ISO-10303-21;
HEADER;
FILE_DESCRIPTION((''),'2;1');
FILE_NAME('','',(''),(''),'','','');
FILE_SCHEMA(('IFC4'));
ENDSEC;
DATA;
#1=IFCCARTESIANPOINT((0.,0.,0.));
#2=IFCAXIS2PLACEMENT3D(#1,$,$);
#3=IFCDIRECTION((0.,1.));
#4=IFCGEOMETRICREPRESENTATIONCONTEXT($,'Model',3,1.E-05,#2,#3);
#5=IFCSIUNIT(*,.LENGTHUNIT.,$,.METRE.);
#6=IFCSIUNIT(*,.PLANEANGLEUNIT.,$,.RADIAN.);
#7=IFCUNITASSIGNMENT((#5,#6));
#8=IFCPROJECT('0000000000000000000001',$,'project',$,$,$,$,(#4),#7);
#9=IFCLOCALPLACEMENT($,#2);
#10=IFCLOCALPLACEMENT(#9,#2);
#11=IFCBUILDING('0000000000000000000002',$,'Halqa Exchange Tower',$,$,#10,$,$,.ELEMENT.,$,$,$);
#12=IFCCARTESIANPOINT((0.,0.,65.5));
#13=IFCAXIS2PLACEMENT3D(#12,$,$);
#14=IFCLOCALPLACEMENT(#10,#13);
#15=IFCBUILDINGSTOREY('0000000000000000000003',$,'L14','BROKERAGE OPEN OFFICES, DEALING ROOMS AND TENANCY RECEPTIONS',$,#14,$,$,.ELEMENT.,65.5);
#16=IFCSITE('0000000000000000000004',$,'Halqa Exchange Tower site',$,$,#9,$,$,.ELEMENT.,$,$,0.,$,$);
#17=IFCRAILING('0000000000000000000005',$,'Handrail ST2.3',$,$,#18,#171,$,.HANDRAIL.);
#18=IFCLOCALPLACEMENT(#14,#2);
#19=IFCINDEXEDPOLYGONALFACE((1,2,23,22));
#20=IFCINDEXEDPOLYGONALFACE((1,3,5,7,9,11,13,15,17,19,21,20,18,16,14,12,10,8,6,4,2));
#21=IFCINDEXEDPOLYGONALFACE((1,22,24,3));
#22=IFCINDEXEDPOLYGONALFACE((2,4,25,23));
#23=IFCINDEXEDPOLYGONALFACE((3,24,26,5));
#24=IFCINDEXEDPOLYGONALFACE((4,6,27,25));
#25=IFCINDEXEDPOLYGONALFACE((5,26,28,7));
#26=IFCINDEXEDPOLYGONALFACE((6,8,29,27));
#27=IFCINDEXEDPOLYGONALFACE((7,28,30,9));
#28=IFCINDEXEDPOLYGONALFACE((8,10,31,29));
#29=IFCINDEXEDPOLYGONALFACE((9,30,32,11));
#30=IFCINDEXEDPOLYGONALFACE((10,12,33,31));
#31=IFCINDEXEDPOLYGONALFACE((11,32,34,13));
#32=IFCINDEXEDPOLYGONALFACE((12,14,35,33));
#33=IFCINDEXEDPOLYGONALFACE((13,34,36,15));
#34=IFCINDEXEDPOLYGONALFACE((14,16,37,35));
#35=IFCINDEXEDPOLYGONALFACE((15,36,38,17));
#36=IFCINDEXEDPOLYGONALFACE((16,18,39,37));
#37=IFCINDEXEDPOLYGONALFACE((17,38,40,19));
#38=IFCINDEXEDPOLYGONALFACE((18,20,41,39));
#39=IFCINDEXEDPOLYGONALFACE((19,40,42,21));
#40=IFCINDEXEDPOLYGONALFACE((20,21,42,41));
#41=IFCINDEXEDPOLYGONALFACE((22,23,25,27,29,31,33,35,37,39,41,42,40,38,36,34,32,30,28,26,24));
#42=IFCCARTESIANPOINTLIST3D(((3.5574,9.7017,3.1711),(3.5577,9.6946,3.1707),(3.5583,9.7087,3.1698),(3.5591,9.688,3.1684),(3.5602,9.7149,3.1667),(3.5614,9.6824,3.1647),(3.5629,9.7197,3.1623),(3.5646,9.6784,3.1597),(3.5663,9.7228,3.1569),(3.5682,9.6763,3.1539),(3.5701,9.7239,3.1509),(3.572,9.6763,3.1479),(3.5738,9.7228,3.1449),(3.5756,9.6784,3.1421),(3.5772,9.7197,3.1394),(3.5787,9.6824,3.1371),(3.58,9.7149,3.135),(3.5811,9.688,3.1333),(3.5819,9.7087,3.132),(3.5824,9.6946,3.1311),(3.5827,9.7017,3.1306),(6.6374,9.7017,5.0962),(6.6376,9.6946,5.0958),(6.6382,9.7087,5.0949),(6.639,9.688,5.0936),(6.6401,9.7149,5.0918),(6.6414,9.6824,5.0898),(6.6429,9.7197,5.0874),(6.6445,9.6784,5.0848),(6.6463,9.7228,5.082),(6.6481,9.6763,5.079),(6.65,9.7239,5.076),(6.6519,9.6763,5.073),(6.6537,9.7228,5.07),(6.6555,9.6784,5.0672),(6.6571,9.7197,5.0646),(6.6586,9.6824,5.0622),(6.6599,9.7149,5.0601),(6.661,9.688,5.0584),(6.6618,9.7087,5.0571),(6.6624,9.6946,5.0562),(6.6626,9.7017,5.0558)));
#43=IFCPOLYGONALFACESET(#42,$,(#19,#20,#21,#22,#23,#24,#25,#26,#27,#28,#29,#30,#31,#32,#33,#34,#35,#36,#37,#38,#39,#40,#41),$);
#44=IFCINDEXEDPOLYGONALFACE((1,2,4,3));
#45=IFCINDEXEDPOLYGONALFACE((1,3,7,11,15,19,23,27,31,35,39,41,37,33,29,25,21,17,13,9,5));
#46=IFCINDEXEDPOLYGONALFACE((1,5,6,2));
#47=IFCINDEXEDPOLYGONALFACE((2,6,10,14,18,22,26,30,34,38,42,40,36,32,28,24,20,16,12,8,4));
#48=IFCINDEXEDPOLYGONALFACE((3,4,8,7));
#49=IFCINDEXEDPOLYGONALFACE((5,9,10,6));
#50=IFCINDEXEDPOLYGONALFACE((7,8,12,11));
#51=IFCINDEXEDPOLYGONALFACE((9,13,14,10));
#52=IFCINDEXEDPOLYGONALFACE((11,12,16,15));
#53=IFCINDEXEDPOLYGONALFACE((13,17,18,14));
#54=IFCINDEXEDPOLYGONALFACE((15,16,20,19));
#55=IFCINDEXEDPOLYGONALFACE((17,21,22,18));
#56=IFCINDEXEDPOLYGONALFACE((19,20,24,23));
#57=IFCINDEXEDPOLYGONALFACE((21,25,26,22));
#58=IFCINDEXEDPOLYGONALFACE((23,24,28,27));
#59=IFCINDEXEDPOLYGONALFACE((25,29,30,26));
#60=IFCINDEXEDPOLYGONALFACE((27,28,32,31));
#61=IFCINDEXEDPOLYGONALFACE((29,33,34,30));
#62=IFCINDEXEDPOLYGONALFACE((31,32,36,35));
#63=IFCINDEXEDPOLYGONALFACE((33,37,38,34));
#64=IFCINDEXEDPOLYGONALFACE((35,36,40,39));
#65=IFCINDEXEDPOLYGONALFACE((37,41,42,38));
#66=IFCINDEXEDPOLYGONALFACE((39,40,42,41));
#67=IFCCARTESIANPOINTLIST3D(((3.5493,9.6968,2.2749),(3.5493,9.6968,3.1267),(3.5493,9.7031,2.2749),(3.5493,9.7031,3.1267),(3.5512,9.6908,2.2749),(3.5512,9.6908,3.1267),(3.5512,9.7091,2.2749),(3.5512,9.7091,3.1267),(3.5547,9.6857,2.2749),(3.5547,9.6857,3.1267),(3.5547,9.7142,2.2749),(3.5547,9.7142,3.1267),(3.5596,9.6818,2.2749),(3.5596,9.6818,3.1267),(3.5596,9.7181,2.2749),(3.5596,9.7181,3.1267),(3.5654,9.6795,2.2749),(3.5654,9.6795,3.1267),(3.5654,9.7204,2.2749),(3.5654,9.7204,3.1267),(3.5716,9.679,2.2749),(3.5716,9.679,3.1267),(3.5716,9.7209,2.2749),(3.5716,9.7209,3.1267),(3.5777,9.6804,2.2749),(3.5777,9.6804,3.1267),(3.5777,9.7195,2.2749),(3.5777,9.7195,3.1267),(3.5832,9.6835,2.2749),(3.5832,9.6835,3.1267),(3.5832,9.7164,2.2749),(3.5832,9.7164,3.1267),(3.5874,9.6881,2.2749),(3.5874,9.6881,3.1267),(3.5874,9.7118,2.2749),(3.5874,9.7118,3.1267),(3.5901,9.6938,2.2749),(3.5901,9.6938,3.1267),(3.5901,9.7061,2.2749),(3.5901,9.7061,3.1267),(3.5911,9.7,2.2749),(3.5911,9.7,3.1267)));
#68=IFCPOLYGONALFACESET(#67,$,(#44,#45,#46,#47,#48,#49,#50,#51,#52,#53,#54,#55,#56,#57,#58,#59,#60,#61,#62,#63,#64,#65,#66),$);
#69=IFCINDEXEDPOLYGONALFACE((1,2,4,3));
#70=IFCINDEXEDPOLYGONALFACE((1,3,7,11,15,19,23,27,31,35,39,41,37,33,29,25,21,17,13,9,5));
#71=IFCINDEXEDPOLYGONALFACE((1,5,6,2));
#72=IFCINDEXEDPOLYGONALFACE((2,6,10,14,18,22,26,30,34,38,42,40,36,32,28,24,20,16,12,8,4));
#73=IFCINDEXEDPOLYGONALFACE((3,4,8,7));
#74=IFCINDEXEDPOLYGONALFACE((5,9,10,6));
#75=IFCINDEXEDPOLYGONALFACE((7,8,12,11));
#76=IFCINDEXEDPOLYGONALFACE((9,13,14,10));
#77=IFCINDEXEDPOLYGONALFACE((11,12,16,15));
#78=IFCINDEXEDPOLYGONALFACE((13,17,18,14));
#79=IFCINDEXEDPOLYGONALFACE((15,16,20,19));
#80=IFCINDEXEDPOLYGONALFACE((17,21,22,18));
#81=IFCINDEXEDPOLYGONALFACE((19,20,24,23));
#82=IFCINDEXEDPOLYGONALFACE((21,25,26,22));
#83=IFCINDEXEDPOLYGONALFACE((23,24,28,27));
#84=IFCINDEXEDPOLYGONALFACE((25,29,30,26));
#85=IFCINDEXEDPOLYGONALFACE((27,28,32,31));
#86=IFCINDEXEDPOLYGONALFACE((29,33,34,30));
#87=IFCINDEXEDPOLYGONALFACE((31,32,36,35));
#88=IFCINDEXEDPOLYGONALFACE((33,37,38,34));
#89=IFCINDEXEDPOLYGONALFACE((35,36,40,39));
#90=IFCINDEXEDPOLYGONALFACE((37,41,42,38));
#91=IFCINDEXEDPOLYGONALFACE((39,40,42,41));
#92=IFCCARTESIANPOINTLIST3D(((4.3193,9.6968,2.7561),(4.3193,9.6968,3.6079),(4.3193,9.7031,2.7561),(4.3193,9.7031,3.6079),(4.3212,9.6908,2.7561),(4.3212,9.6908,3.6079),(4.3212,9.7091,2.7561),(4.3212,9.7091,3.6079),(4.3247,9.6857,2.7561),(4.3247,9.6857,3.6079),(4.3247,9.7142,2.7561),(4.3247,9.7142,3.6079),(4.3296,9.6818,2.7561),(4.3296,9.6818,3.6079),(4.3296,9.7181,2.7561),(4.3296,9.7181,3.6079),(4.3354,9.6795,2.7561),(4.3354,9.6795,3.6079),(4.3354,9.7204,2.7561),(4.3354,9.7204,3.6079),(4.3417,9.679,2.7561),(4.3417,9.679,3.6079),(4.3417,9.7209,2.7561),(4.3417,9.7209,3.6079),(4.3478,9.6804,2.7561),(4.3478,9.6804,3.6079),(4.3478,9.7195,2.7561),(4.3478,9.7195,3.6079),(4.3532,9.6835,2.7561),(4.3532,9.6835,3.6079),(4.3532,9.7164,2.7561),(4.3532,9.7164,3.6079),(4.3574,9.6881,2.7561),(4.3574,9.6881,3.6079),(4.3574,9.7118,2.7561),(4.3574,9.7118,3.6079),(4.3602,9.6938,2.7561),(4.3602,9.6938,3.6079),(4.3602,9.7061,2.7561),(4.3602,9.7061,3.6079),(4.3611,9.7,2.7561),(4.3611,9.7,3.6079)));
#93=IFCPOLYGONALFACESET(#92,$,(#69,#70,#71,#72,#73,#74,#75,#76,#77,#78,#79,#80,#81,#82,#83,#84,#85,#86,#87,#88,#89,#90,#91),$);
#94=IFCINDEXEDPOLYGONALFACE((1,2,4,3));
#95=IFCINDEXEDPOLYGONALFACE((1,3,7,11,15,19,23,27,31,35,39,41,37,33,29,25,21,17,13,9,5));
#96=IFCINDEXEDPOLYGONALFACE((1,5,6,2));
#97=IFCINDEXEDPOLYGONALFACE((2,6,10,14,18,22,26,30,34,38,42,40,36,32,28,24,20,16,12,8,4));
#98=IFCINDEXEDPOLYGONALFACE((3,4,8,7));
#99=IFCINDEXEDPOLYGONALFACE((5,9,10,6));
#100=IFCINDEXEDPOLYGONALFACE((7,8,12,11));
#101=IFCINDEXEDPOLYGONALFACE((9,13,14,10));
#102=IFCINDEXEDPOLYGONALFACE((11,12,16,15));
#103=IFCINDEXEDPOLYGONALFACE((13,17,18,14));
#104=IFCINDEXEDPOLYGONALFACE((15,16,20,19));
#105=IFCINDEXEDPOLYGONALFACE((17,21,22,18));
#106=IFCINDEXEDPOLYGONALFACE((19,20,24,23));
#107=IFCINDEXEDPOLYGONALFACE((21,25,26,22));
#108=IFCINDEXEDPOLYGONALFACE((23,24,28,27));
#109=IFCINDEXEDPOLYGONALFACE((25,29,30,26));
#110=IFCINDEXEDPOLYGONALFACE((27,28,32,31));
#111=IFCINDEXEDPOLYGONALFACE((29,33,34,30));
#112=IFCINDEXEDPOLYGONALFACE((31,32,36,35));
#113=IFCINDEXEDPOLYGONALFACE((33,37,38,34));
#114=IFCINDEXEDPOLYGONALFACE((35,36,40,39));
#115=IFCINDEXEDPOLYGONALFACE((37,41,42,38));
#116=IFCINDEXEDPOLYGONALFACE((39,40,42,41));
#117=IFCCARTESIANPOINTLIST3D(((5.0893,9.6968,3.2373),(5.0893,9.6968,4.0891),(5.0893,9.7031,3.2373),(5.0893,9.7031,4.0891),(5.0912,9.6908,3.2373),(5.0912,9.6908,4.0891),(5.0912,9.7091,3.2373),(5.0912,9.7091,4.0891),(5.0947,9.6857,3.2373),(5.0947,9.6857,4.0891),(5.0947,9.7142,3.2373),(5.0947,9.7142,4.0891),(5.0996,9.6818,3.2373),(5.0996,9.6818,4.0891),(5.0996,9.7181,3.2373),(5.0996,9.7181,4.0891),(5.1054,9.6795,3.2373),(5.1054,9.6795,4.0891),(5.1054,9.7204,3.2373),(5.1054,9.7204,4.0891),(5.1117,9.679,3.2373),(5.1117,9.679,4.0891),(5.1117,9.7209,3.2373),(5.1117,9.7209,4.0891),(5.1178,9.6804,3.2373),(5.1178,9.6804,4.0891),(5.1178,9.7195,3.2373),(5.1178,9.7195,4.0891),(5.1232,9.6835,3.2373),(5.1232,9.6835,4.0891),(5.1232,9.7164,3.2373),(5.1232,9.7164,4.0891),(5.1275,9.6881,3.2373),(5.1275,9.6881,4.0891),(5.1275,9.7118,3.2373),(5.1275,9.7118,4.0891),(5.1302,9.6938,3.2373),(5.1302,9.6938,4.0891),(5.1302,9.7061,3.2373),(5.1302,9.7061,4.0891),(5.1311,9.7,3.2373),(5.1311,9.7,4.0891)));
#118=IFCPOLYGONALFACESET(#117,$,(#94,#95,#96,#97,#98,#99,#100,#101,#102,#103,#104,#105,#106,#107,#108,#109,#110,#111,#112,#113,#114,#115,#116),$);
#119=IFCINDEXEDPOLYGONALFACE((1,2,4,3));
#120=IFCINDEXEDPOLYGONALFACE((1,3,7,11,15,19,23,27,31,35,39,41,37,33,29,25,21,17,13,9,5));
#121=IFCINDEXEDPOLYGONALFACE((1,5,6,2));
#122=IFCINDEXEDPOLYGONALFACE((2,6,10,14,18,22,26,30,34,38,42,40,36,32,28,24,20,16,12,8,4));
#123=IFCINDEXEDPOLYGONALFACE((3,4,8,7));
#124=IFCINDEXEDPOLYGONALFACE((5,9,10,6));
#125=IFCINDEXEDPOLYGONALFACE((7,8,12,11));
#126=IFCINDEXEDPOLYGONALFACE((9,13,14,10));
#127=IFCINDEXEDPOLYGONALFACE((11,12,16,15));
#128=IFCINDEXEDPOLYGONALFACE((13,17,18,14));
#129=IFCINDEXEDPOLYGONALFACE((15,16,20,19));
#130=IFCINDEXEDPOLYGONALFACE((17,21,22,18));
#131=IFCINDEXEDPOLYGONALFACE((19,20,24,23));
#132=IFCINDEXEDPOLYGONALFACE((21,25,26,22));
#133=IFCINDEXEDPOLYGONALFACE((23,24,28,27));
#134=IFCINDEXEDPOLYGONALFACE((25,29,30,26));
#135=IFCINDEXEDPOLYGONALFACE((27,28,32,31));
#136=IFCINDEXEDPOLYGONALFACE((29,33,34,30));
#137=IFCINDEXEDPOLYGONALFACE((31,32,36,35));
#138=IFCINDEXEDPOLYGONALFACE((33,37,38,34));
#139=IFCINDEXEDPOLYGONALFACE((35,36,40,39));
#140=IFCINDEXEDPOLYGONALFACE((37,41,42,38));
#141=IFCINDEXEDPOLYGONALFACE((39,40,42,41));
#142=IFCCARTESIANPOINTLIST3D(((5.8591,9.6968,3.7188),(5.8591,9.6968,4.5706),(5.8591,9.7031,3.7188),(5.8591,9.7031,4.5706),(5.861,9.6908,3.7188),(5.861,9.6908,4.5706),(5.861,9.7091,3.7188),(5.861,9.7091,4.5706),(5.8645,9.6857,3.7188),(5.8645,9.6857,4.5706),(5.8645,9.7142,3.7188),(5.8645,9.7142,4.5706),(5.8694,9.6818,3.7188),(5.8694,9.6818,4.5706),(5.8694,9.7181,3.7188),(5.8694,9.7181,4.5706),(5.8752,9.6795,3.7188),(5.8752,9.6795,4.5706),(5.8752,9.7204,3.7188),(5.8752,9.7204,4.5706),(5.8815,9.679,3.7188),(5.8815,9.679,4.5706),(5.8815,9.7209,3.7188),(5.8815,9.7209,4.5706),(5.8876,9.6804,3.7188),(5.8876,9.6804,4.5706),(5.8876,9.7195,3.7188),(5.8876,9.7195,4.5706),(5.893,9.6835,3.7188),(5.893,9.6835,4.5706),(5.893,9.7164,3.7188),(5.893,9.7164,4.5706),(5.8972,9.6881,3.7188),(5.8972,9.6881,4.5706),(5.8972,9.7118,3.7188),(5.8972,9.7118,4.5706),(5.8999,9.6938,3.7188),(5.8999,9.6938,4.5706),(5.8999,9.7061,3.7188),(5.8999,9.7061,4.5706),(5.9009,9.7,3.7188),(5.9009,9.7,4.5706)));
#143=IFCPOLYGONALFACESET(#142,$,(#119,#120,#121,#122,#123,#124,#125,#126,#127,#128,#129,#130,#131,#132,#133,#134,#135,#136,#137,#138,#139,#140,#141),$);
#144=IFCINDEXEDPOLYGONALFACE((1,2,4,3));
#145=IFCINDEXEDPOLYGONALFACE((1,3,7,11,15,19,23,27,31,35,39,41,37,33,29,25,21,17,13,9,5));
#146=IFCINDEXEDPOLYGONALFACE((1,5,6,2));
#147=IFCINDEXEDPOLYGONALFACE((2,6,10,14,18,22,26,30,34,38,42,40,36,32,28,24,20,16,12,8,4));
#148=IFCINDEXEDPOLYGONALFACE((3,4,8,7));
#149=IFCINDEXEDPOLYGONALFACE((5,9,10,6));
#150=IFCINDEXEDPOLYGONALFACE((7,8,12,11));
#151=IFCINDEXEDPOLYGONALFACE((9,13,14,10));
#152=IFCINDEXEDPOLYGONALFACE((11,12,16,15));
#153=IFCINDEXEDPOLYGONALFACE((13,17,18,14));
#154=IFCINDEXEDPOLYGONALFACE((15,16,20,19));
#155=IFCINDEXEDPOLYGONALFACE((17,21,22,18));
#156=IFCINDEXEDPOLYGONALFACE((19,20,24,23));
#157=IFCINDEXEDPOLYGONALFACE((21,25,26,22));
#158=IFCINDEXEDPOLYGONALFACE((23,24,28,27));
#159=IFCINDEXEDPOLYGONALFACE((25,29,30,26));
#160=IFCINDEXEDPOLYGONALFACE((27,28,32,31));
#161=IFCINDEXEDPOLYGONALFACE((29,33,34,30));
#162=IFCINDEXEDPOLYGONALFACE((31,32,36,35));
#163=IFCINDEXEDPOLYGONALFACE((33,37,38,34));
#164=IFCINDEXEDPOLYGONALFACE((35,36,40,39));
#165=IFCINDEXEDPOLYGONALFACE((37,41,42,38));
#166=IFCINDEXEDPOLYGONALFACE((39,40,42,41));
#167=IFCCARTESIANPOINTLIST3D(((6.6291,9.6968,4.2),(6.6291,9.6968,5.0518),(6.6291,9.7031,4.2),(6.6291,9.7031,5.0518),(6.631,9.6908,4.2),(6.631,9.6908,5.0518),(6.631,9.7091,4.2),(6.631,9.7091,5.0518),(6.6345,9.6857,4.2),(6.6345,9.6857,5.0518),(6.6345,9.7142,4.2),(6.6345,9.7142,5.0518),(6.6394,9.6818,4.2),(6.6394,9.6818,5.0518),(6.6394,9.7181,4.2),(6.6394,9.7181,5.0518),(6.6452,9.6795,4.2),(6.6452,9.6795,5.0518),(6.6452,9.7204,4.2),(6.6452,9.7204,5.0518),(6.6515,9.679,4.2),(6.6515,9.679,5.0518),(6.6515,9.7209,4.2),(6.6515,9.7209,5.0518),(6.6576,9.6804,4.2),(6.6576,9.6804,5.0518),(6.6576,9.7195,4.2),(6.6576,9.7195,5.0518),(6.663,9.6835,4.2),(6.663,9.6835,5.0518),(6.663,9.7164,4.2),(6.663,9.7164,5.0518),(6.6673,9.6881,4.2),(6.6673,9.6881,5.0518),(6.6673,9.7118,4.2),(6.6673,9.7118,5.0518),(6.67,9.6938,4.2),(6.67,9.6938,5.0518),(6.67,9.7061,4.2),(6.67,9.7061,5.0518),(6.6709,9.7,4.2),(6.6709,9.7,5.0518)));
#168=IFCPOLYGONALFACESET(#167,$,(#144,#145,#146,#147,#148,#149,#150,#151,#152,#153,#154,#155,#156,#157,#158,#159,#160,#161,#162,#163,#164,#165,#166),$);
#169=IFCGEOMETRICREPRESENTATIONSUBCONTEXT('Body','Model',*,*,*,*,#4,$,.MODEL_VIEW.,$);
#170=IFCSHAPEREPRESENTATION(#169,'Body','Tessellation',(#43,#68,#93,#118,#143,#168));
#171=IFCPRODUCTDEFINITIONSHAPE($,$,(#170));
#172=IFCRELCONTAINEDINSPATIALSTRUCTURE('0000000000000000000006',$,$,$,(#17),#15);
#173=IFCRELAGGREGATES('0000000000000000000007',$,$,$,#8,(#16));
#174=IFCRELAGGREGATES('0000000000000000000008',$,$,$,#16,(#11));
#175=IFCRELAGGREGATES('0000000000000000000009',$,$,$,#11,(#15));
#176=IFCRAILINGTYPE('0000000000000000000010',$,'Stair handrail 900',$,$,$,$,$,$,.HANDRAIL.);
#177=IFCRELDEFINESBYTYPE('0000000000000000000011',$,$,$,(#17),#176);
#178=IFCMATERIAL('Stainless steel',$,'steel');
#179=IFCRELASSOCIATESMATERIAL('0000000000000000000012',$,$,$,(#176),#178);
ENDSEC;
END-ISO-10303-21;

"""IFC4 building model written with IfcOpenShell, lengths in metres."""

from ifc_helpers import new_model, si_unit, direction, frame, origin, origin_2d, place, context, subcontext, project, spatial, circle, extrude, material, type_object, element, save


model = new_model("IFC4")

# Units and contexts
model_context = context("Model", 3, precision=1e-05, world=origin(), true_north=direction((0.0, 1.0)))
body_context = subcontext(model_context, "Body", "Model", "MODEL_VIEW")
ifc_project = project(units=[si_unit("LENGTHUNIT", "METRE"), si_unit("PLANEANGLEUNIT", "RADIAN")], contexts=[model_context])

# Site, building, storey
site_placement = place(None, origin())
site = spatial("IfcSite", under=ifc_project, at=site_placement, Name="Halqa Exchange Tower site", CompositionType="ELEMENT", RefElevation=0.0)
building_placement = place(site_placement, origin())
building = spatial("IfcBuilding", under=site, at=building_placement, Name="Halqa Exchange Tower", CompositionType="ELEMENT")
storey_placement = place(building_placement, frame((0.0, 0.0, 65.5)))
storey = spatial("IfcBuildingStorey", under=building, at=storey_placement, Name="L14", Description="BROKERAGE OPEN OFFICES, DEALING ROOMS AND TENANCY RECEPTIONS", CompositionType="ELEMENT", Elevation=65.5)

# Railing
ifc_material_1 = material(Name="Stainless steel", Category="steel")
railing_type_1 = type_object("IfcRailingType", Name="Stair handrail 900", PredefinedType="HANDRAIL", material=ifc_material_1)
railing_1_placement = place(storey_placement, frame((3.5701, 9.7, 2.2749)))
element("IfcRailing", 1, at=railing_1_placement, inside=storey, type_object=railing_type_1, Name="Handrail ST2.3", PredefinedType="HANDRAIL", context=body_context, shape_type="SweptSolid", body=[
    extrude(circle(Radius=0.0239, at=origin_2d()), frame((0.0, 0.0, 0.876), z_axis=(0.847979, 0.0, 0.530029), x_axis=(0.0, 1.0, 0.0)), (0.0, 0.0, 1.0), 3.6321),
    extrude(circle(Radius=0.021, at=origin_2d()), origin(), (0.0, 0.0, 1.0), 0.8518),
    extrude(circle(Radius=0.021, at=origin_2d()), frame((0.77, 0.0, 0.4812)), (0.0, 0.0, 1.0), 0.8518),
    extrude(circle(Radius=0.021, at=origin_2d()), frame((1.54, 0.0, 0.9624)), (0.0, 0.0, 1.0), 0.8518),
    extrude(circle(Radius=0.021, at=origin_2d()), frame((2.3098, 0.0, 1.4438)), (0.0, 0.0, 1.0), 0.8518),
    extrude(circle(Radius=0.021, at=origin_2d()), frame((3.0798, 0.0, 1.925)), (0.0, 0.0, 1.0), 0.8518),
])

save(model, "model.ifc")
